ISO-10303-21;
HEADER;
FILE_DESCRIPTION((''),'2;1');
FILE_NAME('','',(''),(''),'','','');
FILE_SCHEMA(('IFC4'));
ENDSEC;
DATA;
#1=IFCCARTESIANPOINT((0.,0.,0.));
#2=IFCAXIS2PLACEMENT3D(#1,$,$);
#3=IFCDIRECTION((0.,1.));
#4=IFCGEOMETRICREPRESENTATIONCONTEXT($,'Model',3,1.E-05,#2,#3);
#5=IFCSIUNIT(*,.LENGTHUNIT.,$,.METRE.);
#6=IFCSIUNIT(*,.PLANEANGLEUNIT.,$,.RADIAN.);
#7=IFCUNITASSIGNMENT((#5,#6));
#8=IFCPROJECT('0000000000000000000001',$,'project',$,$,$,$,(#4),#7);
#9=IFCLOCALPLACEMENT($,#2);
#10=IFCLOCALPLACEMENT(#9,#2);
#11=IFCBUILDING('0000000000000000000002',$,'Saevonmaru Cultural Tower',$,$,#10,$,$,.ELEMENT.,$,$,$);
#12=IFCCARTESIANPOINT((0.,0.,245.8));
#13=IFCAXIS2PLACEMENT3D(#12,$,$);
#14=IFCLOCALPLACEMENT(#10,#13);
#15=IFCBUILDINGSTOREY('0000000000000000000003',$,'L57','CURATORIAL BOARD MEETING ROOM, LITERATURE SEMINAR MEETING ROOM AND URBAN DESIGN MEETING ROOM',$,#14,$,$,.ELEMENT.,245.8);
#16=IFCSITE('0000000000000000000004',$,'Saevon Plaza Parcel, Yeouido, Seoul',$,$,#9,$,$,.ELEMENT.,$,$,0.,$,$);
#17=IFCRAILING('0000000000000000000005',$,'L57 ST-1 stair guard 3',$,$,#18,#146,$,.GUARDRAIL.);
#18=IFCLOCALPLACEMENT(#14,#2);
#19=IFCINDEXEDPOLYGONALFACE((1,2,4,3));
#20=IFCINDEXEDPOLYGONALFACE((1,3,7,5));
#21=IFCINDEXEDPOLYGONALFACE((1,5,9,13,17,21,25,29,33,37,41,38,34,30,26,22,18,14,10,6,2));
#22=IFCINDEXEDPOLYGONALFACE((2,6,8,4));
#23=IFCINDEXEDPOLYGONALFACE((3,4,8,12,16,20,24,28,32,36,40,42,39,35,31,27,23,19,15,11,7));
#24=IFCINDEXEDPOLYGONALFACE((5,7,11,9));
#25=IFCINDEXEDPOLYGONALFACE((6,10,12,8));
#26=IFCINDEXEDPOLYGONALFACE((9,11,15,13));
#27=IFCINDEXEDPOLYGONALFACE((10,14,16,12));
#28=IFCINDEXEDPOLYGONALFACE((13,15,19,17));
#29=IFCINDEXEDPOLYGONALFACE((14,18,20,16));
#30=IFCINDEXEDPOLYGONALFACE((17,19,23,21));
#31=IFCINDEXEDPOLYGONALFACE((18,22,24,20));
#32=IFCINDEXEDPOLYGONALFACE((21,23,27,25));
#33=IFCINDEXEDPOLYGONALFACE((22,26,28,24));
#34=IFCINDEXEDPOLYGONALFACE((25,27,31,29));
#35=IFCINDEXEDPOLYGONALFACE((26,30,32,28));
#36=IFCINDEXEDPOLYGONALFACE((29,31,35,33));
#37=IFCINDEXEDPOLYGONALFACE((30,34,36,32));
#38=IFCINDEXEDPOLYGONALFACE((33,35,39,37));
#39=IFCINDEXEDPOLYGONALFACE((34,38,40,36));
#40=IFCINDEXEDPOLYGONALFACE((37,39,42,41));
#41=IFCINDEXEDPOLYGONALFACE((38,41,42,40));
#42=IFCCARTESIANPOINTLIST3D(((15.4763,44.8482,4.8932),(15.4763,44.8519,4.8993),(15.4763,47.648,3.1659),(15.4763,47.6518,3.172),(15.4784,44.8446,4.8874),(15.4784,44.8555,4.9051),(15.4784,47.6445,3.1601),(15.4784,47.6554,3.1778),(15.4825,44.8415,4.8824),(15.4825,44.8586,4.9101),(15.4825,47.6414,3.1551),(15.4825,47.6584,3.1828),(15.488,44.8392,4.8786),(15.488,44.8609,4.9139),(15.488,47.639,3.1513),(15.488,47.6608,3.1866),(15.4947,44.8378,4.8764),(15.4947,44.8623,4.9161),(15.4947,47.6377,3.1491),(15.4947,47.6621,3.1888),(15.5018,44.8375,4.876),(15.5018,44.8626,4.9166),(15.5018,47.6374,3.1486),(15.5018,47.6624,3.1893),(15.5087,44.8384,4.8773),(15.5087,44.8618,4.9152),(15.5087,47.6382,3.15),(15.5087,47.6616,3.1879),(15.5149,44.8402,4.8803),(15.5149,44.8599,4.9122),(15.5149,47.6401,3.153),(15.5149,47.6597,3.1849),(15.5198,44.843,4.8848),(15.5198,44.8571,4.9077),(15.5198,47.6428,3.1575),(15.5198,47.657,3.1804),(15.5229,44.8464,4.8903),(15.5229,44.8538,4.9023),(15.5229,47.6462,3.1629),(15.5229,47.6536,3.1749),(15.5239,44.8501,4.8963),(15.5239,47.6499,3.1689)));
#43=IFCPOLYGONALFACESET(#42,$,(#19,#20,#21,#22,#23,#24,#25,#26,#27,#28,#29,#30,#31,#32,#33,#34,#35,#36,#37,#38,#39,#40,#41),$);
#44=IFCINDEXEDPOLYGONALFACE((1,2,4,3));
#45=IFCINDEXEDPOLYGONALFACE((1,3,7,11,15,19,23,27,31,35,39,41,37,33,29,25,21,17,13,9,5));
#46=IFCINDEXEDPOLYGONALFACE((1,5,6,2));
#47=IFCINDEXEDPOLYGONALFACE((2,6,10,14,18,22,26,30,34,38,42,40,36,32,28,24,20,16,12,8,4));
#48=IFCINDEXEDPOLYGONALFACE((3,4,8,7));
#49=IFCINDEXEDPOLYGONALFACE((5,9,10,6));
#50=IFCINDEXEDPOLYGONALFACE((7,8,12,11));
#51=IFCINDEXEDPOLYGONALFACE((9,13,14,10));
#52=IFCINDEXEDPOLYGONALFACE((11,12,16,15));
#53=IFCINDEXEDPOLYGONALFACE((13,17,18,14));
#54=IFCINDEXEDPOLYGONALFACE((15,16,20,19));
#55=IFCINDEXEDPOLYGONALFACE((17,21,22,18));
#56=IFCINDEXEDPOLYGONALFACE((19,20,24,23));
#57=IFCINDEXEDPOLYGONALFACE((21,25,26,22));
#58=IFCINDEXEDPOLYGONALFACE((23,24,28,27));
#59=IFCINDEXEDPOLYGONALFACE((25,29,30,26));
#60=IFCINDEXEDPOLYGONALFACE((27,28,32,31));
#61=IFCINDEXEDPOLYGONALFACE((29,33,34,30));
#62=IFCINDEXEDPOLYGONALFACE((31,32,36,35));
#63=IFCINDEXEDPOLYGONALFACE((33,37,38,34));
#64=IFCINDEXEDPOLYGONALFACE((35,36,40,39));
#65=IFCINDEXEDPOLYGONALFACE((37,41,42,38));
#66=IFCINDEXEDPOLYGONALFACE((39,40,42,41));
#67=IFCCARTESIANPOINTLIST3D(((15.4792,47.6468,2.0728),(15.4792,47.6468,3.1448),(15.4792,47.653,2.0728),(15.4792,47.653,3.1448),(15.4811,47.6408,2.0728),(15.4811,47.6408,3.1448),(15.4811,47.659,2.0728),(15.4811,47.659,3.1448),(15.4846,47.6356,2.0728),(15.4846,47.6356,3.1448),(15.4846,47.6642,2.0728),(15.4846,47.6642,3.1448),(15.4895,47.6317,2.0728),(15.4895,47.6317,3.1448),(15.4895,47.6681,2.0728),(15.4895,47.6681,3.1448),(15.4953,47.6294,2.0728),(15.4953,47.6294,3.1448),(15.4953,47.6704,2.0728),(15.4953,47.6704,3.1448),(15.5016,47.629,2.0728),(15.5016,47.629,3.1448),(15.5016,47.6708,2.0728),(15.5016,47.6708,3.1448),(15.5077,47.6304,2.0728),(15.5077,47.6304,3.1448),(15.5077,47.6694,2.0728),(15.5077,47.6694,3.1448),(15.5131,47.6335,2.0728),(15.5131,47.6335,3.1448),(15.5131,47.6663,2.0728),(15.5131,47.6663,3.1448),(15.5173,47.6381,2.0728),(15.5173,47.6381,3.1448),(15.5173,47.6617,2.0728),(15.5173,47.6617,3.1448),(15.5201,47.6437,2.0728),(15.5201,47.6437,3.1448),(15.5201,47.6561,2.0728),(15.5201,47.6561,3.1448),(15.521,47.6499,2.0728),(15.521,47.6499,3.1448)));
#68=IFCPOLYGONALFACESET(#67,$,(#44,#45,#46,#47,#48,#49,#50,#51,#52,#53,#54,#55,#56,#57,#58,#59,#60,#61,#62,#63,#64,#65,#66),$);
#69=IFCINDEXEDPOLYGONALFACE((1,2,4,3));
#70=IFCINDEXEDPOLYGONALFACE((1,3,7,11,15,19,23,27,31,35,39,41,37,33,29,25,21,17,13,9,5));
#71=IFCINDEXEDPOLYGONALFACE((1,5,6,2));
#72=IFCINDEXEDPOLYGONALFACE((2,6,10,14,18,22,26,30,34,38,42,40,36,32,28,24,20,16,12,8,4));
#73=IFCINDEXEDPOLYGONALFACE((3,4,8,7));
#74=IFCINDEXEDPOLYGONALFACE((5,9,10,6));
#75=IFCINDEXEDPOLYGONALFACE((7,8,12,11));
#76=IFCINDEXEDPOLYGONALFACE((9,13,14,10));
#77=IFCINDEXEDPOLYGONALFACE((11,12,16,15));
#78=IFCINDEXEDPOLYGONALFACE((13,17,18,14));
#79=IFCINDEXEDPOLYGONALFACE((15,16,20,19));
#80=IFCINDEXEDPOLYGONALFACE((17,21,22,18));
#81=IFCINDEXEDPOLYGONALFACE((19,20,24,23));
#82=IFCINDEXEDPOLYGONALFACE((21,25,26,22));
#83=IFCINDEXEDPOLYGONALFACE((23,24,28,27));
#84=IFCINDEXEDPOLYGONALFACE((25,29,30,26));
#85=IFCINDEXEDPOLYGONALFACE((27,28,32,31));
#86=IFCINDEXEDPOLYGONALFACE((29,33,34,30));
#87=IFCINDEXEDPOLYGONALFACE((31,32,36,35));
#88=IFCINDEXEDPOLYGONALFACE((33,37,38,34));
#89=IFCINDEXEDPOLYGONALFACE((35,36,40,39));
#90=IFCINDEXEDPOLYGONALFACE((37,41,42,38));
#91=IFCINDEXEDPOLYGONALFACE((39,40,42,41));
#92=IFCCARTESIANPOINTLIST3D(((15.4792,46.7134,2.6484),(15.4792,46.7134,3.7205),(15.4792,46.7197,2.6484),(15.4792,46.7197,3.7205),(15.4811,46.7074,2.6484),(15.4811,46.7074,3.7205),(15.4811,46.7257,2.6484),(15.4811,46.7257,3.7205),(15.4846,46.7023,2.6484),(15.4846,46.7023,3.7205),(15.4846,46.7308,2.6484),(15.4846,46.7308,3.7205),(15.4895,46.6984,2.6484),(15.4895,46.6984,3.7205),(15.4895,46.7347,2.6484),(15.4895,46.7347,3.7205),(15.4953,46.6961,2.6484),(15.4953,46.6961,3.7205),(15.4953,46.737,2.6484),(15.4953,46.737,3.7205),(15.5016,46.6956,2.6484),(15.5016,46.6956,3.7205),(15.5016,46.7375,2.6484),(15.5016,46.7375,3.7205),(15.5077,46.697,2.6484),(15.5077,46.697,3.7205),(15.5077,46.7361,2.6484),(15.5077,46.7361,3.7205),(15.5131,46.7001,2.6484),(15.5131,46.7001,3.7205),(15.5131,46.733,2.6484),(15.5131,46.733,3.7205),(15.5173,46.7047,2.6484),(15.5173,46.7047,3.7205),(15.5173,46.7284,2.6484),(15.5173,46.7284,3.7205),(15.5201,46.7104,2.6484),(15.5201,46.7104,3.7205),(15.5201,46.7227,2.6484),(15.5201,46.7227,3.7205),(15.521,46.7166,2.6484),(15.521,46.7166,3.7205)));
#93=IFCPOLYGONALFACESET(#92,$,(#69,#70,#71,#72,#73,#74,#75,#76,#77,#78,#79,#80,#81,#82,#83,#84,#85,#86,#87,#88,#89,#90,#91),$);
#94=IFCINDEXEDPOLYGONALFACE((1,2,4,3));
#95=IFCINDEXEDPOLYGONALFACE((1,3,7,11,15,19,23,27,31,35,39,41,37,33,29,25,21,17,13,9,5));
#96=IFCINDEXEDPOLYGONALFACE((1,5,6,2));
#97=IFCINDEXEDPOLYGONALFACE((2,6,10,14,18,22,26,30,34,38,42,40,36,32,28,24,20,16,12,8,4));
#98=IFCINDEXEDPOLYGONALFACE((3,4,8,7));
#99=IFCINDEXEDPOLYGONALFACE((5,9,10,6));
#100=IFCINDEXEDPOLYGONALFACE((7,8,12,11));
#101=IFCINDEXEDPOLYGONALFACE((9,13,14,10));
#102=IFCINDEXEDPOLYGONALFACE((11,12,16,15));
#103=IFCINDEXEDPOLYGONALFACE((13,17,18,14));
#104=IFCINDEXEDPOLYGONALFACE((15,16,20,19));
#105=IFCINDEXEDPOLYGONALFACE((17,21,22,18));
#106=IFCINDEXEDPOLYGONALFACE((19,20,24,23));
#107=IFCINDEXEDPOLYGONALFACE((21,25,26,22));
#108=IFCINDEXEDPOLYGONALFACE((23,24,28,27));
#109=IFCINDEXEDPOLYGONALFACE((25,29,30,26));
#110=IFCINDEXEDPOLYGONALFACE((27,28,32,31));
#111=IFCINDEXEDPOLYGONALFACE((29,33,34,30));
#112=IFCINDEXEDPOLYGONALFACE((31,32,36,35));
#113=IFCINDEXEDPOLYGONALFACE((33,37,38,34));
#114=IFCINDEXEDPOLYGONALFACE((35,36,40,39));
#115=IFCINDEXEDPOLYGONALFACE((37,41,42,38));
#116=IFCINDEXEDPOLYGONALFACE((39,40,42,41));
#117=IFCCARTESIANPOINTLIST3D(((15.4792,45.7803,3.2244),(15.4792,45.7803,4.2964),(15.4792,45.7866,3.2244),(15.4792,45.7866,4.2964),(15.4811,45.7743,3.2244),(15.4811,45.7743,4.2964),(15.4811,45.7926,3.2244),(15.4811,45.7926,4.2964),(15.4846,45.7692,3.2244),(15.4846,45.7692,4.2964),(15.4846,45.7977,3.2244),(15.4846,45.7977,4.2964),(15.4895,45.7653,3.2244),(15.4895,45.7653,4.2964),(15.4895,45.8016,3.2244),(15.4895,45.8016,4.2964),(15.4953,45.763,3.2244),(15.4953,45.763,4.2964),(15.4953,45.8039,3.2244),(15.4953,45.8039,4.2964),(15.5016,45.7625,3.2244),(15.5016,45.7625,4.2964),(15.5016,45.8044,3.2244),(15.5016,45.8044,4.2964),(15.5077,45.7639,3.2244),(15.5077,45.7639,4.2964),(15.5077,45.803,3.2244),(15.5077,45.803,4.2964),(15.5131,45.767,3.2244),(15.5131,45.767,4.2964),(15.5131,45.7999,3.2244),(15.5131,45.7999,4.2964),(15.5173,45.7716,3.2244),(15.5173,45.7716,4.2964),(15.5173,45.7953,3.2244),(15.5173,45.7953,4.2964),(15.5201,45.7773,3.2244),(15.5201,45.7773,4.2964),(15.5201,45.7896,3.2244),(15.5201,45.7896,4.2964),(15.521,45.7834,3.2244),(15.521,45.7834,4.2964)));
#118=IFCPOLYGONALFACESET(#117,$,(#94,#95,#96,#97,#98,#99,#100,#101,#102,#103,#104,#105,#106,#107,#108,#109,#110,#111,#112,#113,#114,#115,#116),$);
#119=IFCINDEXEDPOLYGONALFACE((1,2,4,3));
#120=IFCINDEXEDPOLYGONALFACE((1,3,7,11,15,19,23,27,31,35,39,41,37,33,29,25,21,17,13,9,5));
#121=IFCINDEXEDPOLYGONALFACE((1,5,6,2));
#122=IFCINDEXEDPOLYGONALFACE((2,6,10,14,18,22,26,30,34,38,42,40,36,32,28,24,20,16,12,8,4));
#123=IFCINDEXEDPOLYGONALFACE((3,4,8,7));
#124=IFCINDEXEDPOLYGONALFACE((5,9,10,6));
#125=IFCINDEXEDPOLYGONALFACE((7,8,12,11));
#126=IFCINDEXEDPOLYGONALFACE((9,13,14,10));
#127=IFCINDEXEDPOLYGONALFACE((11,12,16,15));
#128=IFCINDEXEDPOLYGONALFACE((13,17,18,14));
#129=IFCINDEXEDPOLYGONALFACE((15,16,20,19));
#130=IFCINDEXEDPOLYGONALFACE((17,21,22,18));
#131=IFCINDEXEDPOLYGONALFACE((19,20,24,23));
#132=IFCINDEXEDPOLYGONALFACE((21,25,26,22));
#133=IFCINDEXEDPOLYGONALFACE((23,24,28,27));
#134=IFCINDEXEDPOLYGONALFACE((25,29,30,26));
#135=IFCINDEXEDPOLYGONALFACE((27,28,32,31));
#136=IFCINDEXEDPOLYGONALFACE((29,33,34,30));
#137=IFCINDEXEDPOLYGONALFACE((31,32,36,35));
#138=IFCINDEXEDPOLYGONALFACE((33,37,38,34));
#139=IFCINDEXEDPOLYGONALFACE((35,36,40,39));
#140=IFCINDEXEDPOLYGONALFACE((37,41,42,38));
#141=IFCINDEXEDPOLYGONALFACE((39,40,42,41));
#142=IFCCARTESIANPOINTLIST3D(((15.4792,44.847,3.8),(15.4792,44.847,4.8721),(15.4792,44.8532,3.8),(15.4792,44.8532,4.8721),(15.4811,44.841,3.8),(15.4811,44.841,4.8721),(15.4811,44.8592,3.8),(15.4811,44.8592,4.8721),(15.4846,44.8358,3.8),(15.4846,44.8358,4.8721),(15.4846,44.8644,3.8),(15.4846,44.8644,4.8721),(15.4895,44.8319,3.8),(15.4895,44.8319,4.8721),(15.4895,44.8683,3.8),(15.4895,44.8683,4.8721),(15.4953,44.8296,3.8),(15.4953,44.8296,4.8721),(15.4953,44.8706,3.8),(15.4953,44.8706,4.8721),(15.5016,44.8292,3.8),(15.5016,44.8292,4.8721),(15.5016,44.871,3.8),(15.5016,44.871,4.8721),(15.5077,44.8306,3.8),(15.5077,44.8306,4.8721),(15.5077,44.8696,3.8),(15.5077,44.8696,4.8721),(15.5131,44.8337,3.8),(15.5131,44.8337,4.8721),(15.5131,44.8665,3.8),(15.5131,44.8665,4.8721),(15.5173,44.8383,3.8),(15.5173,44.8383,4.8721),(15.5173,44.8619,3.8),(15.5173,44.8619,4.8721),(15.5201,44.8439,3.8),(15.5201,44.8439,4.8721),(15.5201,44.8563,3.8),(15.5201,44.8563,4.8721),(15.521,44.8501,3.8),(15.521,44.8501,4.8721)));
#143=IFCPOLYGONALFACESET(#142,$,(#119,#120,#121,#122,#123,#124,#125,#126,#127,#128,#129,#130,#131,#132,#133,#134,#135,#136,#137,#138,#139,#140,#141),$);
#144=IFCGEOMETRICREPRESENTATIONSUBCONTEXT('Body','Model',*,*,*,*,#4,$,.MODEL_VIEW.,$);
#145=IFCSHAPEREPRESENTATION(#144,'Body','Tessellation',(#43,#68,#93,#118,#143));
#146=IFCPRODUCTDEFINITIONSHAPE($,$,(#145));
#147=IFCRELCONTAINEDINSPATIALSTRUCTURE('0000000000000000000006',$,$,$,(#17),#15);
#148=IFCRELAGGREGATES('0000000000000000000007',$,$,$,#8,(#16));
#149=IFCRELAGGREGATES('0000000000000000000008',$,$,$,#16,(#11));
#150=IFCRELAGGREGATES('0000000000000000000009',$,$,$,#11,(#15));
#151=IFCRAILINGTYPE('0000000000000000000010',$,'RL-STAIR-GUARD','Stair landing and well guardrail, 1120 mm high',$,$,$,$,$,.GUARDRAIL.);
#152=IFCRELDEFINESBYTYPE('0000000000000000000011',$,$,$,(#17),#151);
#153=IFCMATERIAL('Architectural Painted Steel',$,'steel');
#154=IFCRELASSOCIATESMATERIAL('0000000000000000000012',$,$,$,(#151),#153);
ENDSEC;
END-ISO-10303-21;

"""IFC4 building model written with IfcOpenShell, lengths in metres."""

from ifc_helpers import new_model, si_unit, direction, frame, origin, origin_2d, place, context, subcontext, project, spatial, circle, extrude, material, type_object, element, save


model = new_model("IFC4")

# Units and contexts
model_context = context("Model", 3, precision=1e-05, world=origin(), true_north=direction((0.0, 1.0)))
body_context = subcontext(model_context, "Body", "Model", "MODEL_VIEW")
ifc_project = project(units=[si_unit("LENGTHUNIT", "METRE"), si_unit("PLANEANGLEUNIT", "RADIAN")], contexts=[model_context])

# Site, building, storey
site_placement = place(None, origin())
site = spatial("IfcSite", under=ifc_project, at=site_placement, Name="Saevon Plaza Parcel, Yeouido, Seoul", CompositionType="ELEMENT", RefElevation=0.0)
building_placement = place(site_placement, origin())
building = spatial("IfcBuilding", under=site, at=building_placement, Name="Saevonmaru Cultural Tower", CompositionType="ELEMENT")
storey_placement = place(building_placement, frame((0.0, 0.0, 245.8)))
storey = spatial("IfcBuildingStorey", under=building, at=storey_placement, Name="L57", Description="CURATORIAL BOARD MEETING ROOM, LITERATURE SEMINAR MEETING ROOM AND URBAN DESIGN MEETING ROOM", CompositionType="ELEMENT", Elevation=245.8)

# Railing
ifc_material_1 = material(Name="Architectural Painted Steel", Category="steel")
railing_type_1 = type_object("IfcRailingType", Name="RL-STAIR-GUARD", Description="Stair landing and well guardrail, 1120 mm high", PredefinedType="GUARDRAIL", material=ifc_material_1)
railing_1_placement = place(storey_placement, frame((15.5, 47.6499, 2.0728)))
element("IfcRailing", 1, at=railing_1_placement, inside=storey, type_object=railing_type_1, Name="L57 ST-1 stair guard 3", PredefinedType="GUARDRAIL", context=body_context, shape_type="SweptSolid", body=[
    extrude(circle(Radius=0.0239, at=origin_2d()), frame((0.0, 0.0, 1.0962), z_axis=(0.0, -0.851069, 0.525054), x_axis=(1.0, 0.0, 0.0)), (0.0, 0.0, 1.0), 3.2898),
    extrude(circle(Radius=0.021, at=origin_2d()), origin(), (0.0, 0.0, 1.0), 1.072),
    extrude(circle(Radius=0.021, at=origin_2d()), frame((0.0, -0.9333, 0.5757)), (0.0, 0.0, 1.0), 1.072),
    extrude(circle(Radius=0.021, at=origin_2d()), frame((0.0, -1.8665, 1.1516)), (0.0, 0.0, 1.0), 1.072),
    extrude(circle(Radius=0.021, at=origin_2d()), frame((0.0, -2.7998, 1.7273)), (0.0, 0.0, 1.0), 1.072),
])

save(model, "model.ifc")
